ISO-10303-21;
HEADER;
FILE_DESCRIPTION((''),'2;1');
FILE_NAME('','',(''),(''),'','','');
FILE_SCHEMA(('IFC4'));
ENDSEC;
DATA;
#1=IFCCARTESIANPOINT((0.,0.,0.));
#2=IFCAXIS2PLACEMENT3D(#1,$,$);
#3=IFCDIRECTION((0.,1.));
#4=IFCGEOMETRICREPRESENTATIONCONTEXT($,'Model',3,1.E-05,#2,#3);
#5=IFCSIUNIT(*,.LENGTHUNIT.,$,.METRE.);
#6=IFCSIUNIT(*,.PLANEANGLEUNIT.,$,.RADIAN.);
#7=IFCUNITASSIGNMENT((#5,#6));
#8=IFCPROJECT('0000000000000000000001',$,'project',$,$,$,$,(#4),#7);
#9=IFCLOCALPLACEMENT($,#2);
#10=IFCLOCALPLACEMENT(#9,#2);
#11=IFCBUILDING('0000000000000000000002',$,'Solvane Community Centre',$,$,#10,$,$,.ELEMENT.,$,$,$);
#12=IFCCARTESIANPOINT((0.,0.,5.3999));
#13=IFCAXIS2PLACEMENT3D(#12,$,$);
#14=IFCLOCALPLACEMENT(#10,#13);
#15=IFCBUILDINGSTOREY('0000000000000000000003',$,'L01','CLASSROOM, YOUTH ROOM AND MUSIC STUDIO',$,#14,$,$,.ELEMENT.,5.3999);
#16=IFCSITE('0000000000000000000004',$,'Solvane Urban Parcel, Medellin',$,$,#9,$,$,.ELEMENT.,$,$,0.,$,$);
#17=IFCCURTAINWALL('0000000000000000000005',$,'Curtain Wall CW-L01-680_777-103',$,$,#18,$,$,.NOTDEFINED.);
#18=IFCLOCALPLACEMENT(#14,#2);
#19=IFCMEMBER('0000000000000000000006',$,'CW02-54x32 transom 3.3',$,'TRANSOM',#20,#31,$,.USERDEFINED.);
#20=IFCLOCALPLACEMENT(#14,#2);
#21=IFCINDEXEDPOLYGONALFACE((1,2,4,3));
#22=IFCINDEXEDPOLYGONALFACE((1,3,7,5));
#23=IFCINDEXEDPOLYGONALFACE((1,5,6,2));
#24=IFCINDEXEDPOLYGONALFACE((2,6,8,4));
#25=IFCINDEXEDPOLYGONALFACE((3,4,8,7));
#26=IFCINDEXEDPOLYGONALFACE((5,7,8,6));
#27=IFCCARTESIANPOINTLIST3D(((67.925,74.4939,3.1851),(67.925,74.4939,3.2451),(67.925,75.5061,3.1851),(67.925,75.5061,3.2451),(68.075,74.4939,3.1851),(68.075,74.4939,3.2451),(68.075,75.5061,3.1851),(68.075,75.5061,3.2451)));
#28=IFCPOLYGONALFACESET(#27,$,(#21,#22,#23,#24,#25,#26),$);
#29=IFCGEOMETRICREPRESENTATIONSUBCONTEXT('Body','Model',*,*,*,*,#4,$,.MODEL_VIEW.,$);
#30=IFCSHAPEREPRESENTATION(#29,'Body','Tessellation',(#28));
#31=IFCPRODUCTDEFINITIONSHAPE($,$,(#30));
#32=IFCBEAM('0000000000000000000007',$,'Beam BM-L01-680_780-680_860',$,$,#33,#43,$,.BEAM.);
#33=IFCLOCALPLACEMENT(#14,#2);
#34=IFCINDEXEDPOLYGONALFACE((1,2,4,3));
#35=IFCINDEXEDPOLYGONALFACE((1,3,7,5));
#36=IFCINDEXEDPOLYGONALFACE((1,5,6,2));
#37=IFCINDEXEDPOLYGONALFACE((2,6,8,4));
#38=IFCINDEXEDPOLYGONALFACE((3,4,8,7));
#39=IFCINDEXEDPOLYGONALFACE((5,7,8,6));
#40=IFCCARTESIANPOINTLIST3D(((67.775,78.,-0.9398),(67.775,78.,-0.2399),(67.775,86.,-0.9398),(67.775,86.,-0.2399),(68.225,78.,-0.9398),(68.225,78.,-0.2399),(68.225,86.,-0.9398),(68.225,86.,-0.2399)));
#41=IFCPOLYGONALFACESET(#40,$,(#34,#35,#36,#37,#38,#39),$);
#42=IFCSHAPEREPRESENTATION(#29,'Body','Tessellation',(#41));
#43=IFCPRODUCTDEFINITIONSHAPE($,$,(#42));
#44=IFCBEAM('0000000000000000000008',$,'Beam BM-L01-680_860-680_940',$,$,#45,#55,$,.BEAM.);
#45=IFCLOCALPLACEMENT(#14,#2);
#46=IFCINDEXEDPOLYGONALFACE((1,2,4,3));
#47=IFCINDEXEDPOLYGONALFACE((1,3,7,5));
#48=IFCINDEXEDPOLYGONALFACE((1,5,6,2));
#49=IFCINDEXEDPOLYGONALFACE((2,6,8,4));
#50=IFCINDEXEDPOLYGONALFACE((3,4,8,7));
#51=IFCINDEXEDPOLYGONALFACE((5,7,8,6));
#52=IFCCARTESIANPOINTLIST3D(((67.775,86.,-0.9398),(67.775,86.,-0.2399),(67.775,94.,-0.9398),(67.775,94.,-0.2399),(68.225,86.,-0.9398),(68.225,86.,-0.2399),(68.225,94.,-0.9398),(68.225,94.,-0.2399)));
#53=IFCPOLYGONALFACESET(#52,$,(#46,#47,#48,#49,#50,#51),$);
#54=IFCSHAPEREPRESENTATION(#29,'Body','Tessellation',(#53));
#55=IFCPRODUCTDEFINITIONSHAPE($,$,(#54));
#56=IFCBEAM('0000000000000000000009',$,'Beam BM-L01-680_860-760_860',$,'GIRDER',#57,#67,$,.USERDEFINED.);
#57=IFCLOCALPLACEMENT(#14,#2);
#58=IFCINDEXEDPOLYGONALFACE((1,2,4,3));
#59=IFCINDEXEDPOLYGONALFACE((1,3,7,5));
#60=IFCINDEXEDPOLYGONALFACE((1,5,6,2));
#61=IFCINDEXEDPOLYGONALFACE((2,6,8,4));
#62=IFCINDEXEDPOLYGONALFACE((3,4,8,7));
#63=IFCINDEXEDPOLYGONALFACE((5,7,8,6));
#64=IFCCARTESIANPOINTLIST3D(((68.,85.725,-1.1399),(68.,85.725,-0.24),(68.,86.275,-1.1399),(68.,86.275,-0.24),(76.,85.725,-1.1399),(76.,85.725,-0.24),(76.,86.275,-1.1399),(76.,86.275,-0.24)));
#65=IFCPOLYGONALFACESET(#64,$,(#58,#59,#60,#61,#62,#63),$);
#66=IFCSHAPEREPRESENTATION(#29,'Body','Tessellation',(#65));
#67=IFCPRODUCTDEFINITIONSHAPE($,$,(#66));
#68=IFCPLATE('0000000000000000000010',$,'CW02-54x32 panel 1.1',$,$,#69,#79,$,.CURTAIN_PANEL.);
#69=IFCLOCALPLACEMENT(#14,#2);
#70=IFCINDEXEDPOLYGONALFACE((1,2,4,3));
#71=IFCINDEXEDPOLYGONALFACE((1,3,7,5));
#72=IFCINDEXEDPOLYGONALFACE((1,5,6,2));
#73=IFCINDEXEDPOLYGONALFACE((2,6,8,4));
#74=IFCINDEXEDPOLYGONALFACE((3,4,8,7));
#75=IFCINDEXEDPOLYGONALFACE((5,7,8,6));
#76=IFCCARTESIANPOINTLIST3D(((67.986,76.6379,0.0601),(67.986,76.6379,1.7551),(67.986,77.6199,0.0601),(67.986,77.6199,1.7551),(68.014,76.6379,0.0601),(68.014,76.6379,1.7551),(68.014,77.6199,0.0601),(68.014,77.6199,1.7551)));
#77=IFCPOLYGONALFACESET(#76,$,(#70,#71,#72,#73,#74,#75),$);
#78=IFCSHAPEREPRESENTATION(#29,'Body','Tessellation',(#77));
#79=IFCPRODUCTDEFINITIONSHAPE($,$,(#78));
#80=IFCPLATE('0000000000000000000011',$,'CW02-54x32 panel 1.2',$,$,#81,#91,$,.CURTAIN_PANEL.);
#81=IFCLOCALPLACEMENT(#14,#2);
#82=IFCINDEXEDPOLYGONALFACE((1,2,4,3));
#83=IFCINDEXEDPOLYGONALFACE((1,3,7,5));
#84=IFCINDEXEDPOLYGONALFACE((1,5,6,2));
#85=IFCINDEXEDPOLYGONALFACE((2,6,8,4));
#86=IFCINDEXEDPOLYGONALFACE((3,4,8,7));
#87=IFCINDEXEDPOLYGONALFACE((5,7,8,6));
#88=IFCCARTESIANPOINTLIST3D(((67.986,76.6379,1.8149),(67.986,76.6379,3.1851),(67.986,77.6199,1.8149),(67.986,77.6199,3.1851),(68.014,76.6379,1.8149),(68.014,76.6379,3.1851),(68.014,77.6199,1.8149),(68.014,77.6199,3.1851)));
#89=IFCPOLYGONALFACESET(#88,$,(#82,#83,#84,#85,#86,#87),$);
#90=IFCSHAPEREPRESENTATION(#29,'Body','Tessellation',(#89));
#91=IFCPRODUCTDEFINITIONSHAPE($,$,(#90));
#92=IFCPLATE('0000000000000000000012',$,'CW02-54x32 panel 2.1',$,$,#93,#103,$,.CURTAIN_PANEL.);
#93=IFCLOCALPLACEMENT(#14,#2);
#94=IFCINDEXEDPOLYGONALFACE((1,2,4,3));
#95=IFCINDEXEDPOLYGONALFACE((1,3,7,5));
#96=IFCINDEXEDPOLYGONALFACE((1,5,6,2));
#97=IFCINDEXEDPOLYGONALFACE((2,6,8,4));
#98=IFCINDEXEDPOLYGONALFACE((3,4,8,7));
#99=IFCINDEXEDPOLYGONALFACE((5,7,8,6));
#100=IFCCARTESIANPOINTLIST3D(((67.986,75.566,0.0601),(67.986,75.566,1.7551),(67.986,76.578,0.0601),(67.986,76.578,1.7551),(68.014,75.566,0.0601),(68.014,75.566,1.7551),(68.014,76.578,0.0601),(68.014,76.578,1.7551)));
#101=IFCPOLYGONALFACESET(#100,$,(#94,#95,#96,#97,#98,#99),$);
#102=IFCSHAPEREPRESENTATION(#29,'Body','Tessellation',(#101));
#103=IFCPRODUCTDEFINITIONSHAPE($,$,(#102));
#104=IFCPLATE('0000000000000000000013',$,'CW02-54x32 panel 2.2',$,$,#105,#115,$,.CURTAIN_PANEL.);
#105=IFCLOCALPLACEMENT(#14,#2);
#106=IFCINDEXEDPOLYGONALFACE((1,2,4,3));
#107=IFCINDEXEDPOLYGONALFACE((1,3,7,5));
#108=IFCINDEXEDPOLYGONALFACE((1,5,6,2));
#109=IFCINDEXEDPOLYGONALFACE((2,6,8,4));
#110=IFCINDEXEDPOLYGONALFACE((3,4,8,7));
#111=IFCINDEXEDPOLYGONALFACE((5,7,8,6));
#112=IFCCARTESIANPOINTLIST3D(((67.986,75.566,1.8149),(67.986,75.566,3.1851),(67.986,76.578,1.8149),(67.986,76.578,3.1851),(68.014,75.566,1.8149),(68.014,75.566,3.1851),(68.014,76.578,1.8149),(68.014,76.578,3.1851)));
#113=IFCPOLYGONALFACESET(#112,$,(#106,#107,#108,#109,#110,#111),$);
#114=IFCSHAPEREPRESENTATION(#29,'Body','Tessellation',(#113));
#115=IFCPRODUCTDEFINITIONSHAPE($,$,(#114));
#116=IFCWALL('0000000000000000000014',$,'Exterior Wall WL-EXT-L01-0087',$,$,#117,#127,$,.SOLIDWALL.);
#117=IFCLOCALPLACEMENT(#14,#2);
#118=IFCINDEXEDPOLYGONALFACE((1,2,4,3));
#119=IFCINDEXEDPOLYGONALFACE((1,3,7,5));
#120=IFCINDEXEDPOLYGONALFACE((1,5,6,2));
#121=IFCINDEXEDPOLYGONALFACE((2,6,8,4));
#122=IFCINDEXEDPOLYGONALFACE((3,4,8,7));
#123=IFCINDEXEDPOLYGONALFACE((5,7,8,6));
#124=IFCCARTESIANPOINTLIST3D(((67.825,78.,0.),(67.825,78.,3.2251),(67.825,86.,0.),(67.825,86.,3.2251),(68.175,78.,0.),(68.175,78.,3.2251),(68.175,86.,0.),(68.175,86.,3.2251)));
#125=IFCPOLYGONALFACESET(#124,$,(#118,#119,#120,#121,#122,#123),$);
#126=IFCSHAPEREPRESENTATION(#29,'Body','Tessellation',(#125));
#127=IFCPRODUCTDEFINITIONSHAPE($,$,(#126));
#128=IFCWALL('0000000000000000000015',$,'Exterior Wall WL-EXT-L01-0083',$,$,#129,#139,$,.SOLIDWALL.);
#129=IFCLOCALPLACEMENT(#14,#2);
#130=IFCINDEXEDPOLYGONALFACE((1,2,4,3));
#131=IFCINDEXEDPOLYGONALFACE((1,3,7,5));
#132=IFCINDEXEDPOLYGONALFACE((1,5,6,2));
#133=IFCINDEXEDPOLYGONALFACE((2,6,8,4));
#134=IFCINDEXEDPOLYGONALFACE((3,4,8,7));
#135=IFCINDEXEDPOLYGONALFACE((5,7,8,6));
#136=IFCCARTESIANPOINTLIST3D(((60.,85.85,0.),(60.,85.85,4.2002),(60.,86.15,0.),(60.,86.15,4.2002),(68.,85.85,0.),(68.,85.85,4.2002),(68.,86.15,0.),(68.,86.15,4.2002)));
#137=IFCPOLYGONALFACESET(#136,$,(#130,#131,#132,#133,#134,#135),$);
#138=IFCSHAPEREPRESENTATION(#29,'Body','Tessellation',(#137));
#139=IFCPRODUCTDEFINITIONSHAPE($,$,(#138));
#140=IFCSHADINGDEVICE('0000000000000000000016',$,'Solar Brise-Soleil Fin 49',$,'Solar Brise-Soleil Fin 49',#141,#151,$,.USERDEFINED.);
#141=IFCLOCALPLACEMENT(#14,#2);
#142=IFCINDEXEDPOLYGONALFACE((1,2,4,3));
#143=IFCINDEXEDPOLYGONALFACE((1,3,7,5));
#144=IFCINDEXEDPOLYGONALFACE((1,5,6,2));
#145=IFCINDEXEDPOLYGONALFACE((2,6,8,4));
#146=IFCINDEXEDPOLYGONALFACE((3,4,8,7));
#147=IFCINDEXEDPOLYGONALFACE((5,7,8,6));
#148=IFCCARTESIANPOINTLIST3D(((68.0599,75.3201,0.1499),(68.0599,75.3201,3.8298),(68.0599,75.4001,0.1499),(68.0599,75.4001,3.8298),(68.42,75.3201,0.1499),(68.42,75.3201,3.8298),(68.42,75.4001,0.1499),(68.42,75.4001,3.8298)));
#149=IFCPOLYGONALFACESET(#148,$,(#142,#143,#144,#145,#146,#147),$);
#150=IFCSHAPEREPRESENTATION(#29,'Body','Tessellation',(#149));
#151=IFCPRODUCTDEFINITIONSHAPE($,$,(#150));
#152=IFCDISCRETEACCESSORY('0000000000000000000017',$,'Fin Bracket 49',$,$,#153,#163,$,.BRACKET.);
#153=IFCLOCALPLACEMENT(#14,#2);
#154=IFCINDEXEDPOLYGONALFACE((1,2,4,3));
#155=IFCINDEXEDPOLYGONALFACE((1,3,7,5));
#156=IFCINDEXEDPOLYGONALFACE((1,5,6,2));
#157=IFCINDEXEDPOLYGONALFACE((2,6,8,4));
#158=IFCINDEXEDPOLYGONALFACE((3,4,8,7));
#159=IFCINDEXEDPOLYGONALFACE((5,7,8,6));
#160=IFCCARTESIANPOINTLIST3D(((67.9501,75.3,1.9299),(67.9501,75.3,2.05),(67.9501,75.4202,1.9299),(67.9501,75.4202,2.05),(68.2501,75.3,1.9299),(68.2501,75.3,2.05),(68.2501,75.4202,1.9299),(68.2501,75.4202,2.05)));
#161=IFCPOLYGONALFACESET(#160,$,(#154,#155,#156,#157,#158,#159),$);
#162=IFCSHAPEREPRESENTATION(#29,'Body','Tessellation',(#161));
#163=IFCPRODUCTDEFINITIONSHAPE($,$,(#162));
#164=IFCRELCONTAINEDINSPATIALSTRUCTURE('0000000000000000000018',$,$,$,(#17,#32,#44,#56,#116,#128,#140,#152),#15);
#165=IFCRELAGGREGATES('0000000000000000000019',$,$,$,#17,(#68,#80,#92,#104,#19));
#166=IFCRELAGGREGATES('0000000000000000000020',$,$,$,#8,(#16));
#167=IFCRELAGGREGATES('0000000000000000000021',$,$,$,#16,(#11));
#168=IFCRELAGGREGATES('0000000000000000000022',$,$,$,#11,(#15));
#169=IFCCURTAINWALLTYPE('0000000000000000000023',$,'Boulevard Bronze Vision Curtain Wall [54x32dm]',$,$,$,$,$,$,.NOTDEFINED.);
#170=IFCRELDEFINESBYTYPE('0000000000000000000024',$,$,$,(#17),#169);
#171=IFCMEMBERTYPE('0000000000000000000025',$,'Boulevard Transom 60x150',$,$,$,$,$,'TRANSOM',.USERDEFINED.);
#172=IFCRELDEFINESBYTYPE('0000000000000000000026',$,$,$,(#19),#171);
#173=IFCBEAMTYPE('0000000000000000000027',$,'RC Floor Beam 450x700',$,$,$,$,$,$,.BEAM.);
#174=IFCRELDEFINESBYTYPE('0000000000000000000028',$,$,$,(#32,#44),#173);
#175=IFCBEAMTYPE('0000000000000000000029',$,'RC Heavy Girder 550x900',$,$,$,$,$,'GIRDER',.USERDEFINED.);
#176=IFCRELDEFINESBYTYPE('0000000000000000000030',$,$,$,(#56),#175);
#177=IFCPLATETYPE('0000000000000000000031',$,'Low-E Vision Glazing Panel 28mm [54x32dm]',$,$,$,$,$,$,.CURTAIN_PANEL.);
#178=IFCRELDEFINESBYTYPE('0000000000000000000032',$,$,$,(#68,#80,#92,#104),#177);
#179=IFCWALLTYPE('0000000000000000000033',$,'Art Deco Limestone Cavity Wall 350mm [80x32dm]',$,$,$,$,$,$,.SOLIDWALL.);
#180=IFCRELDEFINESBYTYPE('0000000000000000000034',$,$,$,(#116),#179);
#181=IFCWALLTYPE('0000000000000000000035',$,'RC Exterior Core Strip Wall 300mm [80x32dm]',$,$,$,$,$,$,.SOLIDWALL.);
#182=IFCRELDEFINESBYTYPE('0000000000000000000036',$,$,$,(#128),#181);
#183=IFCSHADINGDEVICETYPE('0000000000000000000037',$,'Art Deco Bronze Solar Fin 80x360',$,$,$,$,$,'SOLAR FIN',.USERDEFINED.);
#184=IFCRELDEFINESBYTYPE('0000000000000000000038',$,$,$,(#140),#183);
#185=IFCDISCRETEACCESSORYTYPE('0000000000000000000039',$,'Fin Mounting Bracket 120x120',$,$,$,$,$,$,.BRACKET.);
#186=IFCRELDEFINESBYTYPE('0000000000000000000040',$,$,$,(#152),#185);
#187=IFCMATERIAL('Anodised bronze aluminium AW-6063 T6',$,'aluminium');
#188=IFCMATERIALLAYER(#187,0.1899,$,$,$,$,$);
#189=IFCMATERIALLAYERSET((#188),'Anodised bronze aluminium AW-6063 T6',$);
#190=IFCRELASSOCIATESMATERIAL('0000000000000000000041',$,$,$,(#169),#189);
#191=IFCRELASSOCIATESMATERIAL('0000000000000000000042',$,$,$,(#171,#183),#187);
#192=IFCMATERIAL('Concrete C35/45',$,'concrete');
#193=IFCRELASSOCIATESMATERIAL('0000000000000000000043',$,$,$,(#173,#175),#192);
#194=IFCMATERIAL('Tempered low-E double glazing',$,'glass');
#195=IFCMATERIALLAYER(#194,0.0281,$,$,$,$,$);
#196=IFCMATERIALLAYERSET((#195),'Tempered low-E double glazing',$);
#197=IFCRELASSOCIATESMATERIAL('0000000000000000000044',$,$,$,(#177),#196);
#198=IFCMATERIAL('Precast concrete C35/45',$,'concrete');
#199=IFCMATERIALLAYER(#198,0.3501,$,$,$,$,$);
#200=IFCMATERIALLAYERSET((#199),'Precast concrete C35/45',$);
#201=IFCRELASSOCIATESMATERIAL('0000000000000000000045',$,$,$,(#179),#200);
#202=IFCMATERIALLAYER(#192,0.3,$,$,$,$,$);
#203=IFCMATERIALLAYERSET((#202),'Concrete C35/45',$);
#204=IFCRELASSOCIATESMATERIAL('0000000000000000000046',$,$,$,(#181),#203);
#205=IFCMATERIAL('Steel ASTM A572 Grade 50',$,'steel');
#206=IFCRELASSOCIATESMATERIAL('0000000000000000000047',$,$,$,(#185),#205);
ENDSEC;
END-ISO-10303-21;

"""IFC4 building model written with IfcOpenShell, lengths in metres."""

from ifc_helpers import new_model, si_unit, direction, frame, frame_2d, origin, origin_2d, place, context, subcontext, project, spatial, rectangle, extrude, material, layer, layer_set, material_profile, profile_set, type_object, element, aggregate, save


model = new_model("IFC4")

# Units and contexts
model_context = context("Model", 3, precision=1e-05, world=origin(), true_north=direction((0.0, 1.0)))
body_context = subcontext(model_context, "Body", "Model", "MODEL_VIEW")
ifc_project = project(units=[si_unit("LENGTHUNIT", "METRE"), si_unit("PLANEANGLEUNIT", "RADIAN")], contexts=[model_context])

# Site, building, storey
site_placement = place(None, origin())
site = spatial("IfcSite", under=ifc_project, at=site_placement, Name="Solvane Urban Parcel, Medellin", CompositionType="ELEMENT", RefElevation=0.0)
building_placement = place(site_placement, origin())
building = spatial("IfcBuilding", under=site, at=building_placement, Name="Solvane Community Centre", CompositionType="ELEMENT")
storey_placement = place(building_placement, frame((0.0, 0.0, 5.3999)))
storey = spatial("IfcBuildingStorey", under=building, at=storey_placement, Name="L01", Description="CLASSROOM, YOUTH ROOM AND MUSIC STUDIO", CompositionType="ELEMENT", Elevation=5.3999)

# Shared definitions
ifc_material_1 = material(Name="Concrete C35/45", Category="concrete")

# Shared definitions
ifc_material_2 = material(Name="Anodised bronze aluminium AW-6063 T6", Category="aluminium")

# Curtain wall, member
ifc_layer_1 = layer(ifc_material_2, 0.1899)
ifc_layer_set_1 = layer_set([ifc_layer_1], Name="Anodised bronze aluminium AW-6063 T6")
curtain_wall_type_1 = type_object("IfcCurtainWallType", Name="Boulevard Bronze Vision Curtain Wall [54x32dm]", PredefinedType="NOTDEFINED", material=ifc_layer_set_1)
curtain_wall_1_placement = place(storey_placement, origin())
curtain_wall_1 = element("IfcCurtainWall", 1, at=curtain_wall_1_placement, inside=storey, type_object=curtain_wall_type_1, Name="Curtain Wall CW-L01-680_777-103", PredefinedType="NOTDEFINED")
ifc_material_profile_1 = material_profile(ifc_material_2, rectangle(XDim=0.1499, YDim=0.0601, at=origin_2d()), Name="CW-T 60x150")
ifc_profile_set_1 = profile_set([ifc_material_profile_1], Name="Anodised bronze aluminium AW-6063 T6")
member_type_1 = type_object("IfcMemberType", Name="Boulevard Transom 60x150", ElementType="TRANSOM", PredefinedType="USERDEFINED", material=ifc_profile_set_1)
member_1_placement = place(storey_placement, frame((68.0, 75.5061, 3.2151), z_axis=(0.0, -1.0, 0.0), x_axis=(1.0, 0.0, 0.0)))
member_1 = element("IfcMember", 2, at=member_1_placement, type_object=member_type_1, Name="CW02-54x32 transom 3.3", ObjectType="TRANSOM", PredefinedType="USERDEFINED", context=body_context, shape_type="SweptSolid", body=[
    extrude(rectangle(XDim=0.1499, YDim=0.0601, at=origin_2d()), origin(), (0.0, 0.0, 1.0), 1.0122),
])

# Beams
ifc_material_profile_2 = material_profile(ifc_material_1, rectangle(XDim=0.45, YDim=0.7, at=origin_2d()), Name="RC 450x700")
ifc_profile_set_2 = profile_set([ifc_material_profile_2], Name="Concrete C35/45")
beam_type_1 = type_object("IfcBeamType", Name="RC Floor Beam 450x700", PredefinedType="BEAM", material=ifc_profile_set_2)
for number, where, z_axis, x_axis, name in (
    (3, (68.0, 78.0, -0.5898), (0.0, 1.0, 0.0), (-1.0, 0.0, 0.0), "Beam BM-L01-680_780-680_860"),
    (4, (68.0, 86.0, -0.5898), (0.0, 1.0, 0.0), (-1.0, 0.0, 0.0), "Beam BM-L01-680_860-680_940"),
):
    element("IfcBeam", number, at=place(storey_placement, frame(where, z_axis=z_axis, x_axis=x_axis)), inside=storey, type_object=beam_type_1, Name=name, PredefinedType="BEAM", context=body_context, shape_type="SweptSolid", body=[
        extrude(rectangle(XDim=0.45, YDim=0.7, at=origin_2d()), origin(), (0.0, 0.0, 1.0), 8.0),
    ])
ifc_material_profile_3 = material_profile(ifc_material_1, rectangle(XDim=0.55, YDim=0.8999, at=origin_2d()), Name="RC 550x900")
ifc_profile_set_3 = profile_set([ifc_material_profile_3], Name="Concrete C35/45")
beam_type_2 = type_object("IfcBeamType", Name="RC Heavy Girder 550x900", ElementType="GIRDER", PredefinedType="USERDEFINED", material=ifc_profile_set_3)
beam_placement = place(storey_placement, frame((68.0, 86.0, -0.6899), z_axis=(1.0, 0.0, 0.0), x_axis=(0.0, 1.0, 0.0)))
element("IfcBeam", 5, at=beam_placement, inside=storey, type_object=beam_type_2, Name="Beam BM-L01-680_860-760_860", ObjectType="GIRDER", PredefinedType="USERDEFINED", context=body_context, shape_type="SweptSolid", body=[
    extrude(rectangle(XDim=0.55, YDim=0.8999, at=origin_2d()), origin(), (0.0, 0.0, 1.0), 8.0),
])

# Plates
ifc_material_3 = material(Name="Tempered low-E double glazing", Category="glass")
ifc_layer_2 = layer(ifc_material_3, 0.0281)
ifc_layer_set_2 = layer_set([ifc_layer_2], Name="Tempered low-E double glazing")
plate_type = type_object("IfcPlateType", Name="Low-E Vision Glazing Panel 28mm [54x32dm]", PredefinedType="CURTAIN_PANEL", material=ifc_layer_set_2)
plate_1_placement = place(storey_placement, frame((68.0, 77.1289, 0.0601), z_axis=(0.0, 0.0, 1.0), x_axis=(0.0, -1.0, 0.0)))
plate_1 = element("IfcPlate", 6, at=plate_1_placement, type_object=plate_type, Name="CW02-54x32 panel 1.1", PredefinedType="CURTAIN_PANEL", context=body_context, shape_type="SweptSolid", body=[
    extrude(rectangle(XDim=0.9819, YDim=0.0281, at=origin_2d()), origin(), (0.0, 0.0, 1.0), 1.6951),
])
plate_2_placement = place(storey_placement, frame((68.0, 77.1289, 1.8149), z_axis=(0.0, 0.0, 1.0), x_axis=(0.0, -1.0, 0.0)))
plate_2 = element("IfcPlate", 7, at=plate_2_placement, type_object=plate_type, Name="CW02-54x32 panel 1.2", PredefinedType="CURTAIN_PANEL", context=body_context, shape_type="SweptSolid", body=[
    extrude(rectangle(XDim=0.9819, YDim=0.0281, at=origin_2d()), origin(), (0.0, 0.0, 1.0), 1.3701),
])
plate_3_placement = place(storey_placement, frame((68.0, 76.072, 0.0601), z_axis=(0.0, 0.0, 1.0), x_axis=(0.0, -1.0, 0.0)))
plate_3 = element("IfcPlate", 8, at=plate_3_placement, type_object=plate_type, Name="CW02-54x32 panel 2.1", PredefinedType="CURTAIN_PANEL", context=body_context, shape_type="SweptSolid", body=[
    extrude(rectangle(XDim=1.012, YDim=0.0281, at=origin_2d()), origin(), (0.0, 0.0, 1.0), 1.6951),
])
plate_4_placement = place(storey_placement, frame((68.0, 76.072, 1.8149), z_axis=(0.0, 0.0, 1.0), x_axis=(0.0, -1.0, 0.0)))
plate_4 = element("IfcPlate", 9, at=plate_4_placement, type_object=plate_type, Name="CW02-54x32 panel 2.2", PredefinedType="CURTAIN_PANEL", context=body_context, shape_type="SweptSolid", body=[
    extrude(rectangle(XDim=1.012, YDim=0.0281, at=origin_2d()), origin(), (0.0, 0.0, 1.0), 1.3701),
])
aggregate(curtain_wall_1, [plate_1, plate_2, plate_3, plate_4, member_1])

# Walls
ifc_material_4 = material(Name="Precast concrete C35/45", Category="concrete")
ifc_layer_3 = layer(ifc_material_4, 0.3501)
ifc_layer_set_3 = layer_set([ifc_layer_3], Name="Precast concrete C35/45")
wall_type_1 = type_object("IfcWallType", Name="Art Deco Limestone Cavity Wall 350mm [80x32dm]", PredefinedType="SOLIDWALL", material=ifc_layer_set_3)
wall_1_placement = place(storey_placement, frame((68.0, 86.0, 0.0), z_axis=(0.0, 0.0, 1.0), x_axis=(0.0, -1.0, 0.0)))
element("IfcWall", 10, at=wall_1_placement, inside=storey, type_object=wall_type_1, Name="Exterior Wall WL-EXT-L01-0087", PredefinedType="SOLIDWALL", context=body_context, shape_type="SweptSolid", body=[
    extrude(rectangle(XDim=8.0, YDim=0.3501, at=frame_2d((4.0, 0.0))), origin(), (0.0, 0.0, 1.0), 3.2251),
])
ifc_layer_4 = layer(ifc_material_1, 0.3)
ifc_layer_set_4 = layer_set([ifc_layer_4], Name="Concrete C35/45")
wall_type_2 = type_object("IfcWallType", Name="RC Exterior Core Strip Wall 300mm [80x32dm]", PredefinedType="SOLIDWALL", material=ifc_layer_set_4)
wall_2_placement = place(storey_placement, frame((68.0, 86.0, 0.0), z_axis=(0.0, 0.0, 1.0), x_axis=(-1.0, 0.0, 0.0)))
element("IfcWall", 11, at=wall_2_placement, inside=storey, type_object=wall_type_2, Name="Exterior Wall WL-EXT-L01-0083", PredefinedType="SOLIDWALL", context=body_context, shape_type="SweptSolid", body=[
    extrude(rectangle(XDim=8.0, YDim=0.3, at=frame_2d((4.0, 0.0))), origin(), (0.0, 0.0, 1.0), 4.2002),
])

# Shading device
shading_device_type = type_object("IfcShadingDeviceType", Name="Art Deco Bronze Solar Fin 80x360", ElementType="SOLAR FIN", PredefinedType="USERDEFINED", material=ifc_material_2)
shading_device_placement = place(storey_placement, frame((68.24, 75.3601, 0.1499), z_axis=(0.0, 0.0, 1.0), x_axis=(0.0, -1.0, 0.0)))
element("IfcShadingDevice", 12, at=shading_device_placement, inside=storey, type_object=shading_device_type, Name="Solar Brise-Soleil Fin 49", ObjectType="Solar Brise-Soleil Fin 49", PredefinedType="USERDEFINED", context=body_context, shape_type="SweptSolid", body=[
    extrude(rectangle(XDim=0.0801, YDim=0.3601, at=origin_2d()), origin(), (0.0, 0.0, 1.0), 3.6799),
])

# Discrete accessory
ifc_material_5 = material(Name="Steel ASTM A572 Grade 50", Category="steel")
discrete_accessory_type = type_object("IfcDiscreteAccessoryType", Name="Fin Mounting Bracket 120x120", PredefinedType="BRACKET", material=ifc_material_5)
discrete_accessory_placement = place(storey_placement, frame((68.1001, 75.3601, 1.9299), z_axis=(0.0, 0.0, 1.0), x_axis=(0.0, -1.0, 0.0)))
element("IfcDiscreteAccessory", 13, at=discrete_accessory_placement, inside=storey, type_object=discrete_accessory_type, Name="Fin Bracket 49", PredefinedType="BRACKET", context=body_context, shape_type="SweptSolid", body=[
    extrude(rectangle(XDim=0.1201, YDim=0.3, at=origin_2d()), origin(), (0.0, 0.0, 1.0), 0.1201),
])

save(model, "model.ifc")
